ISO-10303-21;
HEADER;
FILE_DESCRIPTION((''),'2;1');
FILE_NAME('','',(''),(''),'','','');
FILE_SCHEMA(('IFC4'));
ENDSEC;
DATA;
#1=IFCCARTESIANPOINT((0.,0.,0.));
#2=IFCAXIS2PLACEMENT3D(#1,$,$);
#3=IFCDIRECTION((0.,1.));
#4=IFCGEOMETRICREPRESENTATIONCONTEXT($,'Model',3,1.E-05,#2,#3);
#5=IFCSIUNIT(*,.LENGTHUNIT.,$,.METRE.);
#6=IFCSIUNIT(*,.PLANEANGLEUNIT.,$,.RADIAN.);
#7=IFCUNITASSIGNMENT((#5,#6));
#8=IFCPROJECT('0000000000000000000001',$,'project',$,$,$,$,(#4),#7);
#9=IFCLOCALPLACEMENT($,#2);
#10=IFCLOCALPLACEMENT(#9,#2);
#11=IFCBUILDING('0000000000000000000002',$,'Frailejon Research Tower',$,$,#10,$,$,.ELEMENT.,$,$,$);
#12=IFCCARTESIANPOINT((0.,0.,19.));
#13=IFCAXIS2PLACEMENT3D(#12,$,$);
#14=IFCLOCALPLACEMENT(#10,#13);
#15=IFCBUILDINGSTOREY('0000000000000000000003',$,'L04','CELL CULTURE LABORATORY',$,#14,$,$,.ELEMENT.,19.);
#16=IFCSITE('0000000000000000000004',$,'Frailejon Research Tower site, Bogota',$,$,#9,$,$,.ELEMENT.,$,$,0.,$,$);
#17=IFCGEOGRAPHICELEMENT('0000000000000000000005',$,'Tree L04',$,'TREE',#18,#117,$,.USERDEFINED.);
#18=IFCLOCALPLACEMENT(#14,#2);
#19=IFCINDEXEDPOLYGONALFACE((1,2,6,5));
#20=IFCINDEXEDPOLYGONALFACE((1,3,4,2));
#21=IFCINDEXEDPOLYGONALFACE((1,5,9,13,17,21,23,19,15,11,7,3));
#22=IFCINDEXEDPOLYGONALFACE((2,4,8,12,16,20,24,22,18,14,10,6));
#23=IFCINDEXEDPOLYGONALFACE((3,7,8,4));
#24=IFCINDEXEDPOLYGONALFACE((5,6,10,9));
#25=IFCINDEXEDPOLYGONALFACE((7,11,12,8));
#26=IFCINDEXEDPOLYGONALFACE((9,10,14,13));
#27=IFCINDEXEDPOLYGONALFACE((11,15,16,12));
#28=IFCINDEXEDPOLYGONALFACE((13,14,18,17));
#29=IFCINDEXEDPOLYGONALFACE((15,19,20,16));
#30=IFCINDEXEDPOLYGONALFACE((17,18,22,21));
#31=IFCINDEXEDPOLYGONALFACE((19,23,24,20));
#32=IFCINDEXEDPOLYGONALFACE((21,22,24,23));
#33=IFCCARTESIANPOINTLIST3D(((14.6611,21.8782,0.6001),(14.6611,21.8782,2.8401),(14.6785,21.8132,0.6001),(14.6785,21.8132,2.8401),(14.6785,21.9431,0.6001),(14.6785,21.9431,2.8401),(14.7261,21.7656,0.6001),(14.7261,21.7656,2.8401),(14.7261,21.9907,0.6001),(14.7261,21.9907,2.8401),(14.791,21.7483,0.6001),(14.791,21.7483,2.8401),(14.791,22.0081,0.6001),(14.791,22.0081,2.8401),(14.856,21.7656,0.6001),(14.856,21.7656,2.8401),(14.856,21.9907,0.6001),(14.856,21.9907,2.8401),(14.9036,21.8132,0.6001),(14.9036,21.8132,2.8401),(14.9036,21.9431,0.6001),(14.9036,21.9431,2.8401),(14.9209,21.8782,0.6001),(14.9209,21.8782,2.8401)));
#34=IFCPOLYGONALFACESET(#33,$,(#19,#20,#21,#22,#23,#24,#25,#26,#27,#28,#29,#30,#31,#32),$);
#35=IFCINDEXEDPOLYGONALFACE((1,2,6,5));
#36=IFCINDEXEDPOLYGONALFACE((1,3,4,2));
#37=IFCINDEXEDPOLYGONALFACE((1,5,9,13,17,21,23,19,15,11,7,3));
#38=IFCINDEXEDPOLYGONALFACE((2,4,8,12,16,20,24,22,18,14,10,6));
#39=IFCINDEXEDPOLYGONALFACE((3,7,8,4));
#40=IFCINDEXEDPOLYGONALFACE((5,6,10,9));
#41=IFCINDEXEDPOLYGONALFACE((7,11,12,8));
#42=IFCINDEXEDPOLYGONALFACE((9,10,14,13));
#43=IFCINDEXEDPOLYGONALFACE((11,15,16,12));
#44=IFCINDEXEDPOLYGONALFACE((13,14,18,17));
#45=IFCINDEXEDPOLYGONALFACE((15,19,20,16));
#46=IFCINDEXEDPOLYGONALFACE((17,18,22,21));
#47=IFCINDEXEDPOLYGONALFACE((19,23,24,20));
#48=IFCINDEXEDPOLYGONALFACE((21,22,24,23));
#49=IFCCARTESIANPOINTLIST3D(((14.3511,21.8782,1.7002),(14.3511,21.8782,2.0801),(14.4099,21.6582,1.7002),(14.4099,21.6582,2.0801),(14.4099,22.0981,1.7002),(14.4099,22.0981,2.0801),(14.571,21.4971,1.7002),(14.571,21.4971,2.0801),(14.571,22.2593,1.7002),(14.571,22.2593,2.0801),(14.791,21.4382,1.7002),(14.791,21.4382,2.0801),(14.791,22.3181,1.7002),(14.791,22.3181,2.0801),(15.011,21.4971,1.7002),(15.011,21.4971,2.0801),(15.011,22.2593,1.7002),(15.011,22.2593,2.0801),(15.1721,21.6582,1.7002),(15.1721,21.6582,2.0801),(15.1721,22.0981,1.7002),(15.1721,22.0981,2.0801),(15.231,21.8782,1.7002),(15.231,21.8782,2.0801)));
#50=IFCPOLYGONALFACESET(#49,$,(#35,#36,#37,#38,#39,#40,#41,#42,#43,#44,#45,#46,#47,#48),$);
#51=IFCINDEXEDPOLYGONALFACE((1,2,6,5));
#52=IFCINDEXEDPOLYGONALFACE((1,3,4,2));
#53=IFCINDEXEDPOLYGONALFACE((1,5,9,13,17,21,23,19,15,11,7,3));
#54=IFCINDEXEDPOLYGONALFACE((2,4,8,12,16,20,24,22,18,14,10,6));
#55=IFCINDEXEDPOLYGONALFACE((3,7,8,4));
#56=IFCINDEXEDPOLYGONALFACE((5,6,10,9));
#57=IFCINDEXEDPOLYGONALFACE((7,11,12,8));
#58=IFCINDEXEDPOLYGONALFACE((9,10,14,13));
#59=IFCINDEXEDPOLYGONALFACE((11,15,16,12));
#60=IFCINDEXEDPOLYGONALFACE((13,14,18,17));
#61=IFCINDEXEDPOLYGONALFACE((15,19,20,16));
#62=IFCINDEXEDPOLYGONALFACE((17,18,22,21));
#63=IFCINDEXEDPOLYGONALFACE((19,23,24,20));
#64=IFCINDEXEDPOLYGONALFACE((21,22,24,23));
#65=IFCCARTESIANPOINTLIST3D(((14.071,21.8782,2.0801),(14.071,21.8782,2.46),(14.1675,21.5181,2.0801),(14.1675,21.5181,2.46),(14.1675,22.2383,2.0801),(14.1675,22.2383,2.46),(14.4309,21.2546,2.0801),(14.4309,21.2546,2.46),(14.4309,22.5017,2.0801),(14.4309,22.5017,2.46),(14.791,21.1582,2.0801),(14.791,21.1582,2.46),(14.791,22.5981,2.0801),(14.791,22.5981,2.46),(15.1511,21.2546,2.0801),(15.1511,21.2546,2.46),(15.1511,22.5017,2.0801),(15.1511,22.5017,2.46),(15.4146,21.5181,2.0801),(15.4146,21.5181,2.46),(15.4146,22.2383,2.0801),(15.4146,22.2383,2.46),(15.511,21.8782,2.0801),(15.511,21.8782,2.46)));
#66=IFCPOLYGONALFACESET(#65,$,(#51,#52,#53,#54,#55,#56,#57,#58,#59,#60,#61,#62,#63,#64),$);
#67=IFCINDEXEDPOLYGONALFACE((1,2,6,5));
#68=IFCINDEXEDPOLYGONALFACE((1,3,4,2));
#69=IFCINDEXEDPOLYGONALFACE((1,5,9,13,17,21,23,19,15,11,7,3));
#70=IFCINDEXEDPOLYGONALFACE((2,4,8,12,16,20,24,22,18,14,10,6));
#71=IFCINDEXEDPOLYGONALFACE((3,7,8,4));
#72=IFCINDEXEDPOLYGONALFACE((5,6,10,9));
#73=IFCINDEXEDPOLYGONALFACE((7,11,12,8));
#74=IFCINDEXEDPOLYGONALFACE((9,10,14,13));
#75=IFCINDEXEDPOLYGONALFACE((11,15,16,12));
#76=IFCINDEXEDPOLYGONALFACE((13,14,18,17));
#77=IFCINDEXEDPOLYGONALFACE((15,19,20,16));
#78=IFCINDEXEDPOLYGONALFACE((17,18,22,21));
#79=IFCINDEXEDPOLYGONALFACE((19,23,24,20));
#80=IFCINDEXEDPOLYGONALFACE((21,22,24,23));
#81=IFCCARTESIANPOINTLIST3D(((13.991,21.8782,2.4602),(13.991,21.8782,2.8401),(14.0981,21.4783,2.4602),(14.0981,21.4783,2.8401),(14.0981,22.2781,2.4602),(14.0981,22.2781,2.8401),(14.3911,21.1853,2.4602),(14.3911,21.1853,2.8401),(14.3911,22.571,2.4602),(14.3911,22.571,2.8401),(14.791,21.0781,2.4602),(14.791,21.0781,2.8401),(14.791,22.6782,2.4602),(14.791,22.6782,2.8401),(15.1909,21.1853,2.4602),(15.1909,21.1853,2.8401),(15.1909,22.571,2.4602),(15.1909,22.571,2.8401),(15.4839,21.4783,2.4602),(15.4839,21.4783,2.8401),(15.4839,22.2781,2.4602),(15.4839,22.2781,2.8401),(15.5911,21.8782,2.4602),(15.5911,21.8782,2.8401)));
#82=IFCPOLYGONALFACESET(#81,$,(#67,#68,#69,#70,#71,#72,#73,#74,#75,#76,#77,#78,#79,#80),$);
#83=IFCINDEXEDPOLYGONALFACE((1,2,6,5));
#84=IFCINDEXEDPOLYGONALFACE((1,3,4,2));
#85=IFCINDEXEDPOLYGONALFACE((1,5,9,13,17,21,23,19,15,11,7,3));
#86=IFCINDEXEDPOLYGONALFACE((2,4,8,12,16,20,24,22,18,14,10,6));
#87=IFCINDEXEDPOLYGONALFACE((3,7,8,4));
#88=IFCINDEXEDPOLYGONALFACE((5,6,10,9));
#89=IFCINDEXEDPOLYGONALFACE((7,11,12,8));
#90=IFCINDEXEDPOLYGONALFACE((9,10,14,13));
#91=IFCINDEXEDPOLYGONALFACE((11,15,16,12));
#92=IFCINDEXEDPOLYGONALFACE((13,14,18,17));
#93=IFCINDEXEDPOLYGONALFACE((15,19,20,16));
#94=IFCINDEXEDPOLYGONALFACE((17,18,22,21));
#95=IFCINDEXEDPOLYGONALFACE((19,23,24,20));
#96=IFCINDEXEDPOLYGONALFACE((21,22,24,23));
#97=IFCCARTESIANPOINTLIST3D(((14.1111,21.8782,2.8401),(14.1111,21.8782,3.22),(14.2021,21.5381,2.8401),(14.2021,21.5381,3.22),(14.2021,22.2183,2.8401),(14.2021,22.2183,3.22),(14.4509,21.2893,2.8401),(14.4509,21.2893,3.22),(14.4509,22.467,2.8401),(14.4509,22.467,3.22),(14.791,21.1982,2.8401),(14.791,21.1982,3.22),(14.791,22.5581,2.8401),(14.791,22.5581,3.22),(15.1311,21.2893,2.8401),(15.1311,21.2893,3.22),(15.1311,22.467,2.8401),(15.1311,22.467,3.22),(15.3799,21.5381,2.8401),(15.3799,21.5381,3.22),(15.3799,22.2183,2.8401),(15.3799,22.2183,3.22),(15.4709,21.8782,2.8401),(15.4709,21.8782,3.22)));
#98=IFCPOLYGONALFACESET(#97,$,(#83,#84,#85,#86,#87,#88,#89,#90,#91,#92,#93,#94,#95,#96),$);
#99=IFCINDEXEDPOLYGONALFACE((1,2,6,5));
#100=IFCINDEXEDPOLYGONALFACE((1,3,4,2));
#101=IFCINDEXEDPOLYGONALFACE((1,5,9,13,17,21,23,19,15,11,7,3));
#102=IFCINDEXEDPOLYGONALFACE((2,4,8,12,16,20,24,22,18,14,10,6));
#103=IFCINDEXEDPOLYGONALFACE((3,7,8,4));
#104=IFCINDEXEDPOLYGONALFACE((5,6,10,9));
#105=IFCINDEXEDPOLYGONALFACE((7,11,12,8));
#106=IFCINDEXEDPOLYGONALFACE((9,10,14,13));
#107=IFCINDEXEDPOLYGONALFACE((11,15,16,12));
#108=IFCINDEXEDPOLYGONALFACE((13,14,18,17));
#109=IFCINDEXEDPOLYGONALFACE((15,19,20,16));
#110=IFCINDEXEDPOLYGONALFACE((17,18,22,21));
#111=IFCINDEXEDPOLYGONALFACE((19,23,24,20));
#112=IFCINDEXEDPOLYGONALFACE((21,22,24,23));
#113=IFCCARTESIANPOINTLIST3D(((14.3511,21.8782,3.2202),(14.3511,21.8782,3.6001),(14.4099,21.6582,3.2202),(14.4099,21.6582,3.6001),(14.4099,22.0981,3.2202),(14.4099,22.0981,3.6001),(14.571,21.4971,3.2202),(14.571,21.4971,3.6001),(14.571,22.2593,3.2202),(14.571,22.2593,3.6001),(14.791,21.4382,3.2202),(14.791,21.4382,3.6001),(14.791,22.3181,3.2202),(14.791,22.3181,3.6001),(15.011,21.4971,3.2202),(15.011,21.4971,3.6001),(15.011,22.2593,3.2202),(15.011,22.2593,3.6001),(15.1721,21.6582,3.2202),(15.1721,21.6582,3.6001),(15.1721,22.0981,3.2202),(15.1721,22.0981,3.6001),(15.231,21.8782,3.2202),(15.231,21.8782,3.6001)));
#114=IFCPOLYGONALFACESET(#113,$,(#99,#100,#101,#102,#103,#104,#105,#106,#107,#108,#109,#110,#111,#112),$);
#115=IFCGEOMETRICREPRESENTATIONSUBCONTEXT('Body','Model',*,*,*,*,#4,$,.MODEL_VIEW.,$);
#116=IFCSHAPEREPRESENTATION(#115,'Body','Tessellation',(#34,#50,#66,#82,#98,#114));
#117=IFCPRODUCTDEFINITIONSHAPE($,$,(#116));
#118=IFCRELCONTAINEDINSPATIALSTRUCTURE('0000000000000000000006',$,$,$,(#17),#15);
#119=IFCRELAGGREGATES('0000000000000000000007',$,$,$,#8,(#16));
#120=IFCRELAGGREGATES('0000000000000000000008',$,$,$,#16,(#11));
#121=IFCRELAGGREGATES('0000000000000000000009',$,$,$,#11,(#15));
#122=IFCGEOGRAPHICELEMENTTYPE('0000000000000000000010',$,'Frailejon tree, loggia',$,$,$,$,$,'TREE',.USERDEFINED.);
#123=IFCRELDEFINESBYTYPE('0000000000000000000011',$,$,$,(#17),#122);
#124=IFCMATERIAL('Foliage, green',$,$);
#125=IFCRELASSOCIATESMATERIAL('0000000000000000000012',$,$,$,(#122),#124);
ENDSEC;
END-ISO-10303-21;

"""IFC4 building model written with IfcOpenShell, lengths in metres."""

from ifc_helpers import new_model, si_unit, direction, frame, origin, place, context, subcontext, project, spatial, polyline, outline, extrude, material, type_object, element, save


model = new_model("IFC4")

# Units and contexts
model_context = context("Model", 3, precision=1e-05, world=origin(), true_north=direction((0.0, 1.0)))
body_context = subcontext(model_context, "Body", "Model", "MODEL_VIEW")
ifc_project = project(units=[si_unit("LENGTHUNIT", "METRE"), si_unit("PLANEANGLEUNIT", "RADIAN")], contexts=[model_context])

# Site, building, storey
site_placement = place(None, origin())
site = spatial("IfcSite", under=ifc_project, at=site_placement, Name="Frailejon Research Tower site, Bogota", CompositionType="ELEMENT", RefElevation=0.0)
building_placement = place(site_placement, origin())
building = spatial("IfcBuilding", under=site, at=building_placement, Name="Frailejon Research Tower", CompositionType="ELEMENT")
storey_placement = place(building_placement, frame((0.0, 0.0, 19.0)))
storey = spatial("IfcBuildingStorey", under=building, at=storey_placement, Name="L04", Description="CELL CULTURE LABORATORY", CompositionType="ELEMENT", Elevation=19.0)

# Geographic element
ifc_material_1 = material(Name="Foliage, green")
geographic_element_type = type_object("IfcGeographicElementType", Name="Frailejon tree, loggia", ElementType="TREE", PredefinedType="USERDEFINED", material=ifc_material_1)
geographic_element_placement = place(storey_placement, frame((14.791, 21.8782, 0.6001)))
element("IfcGeographicElement", 1, at=geographic_element_placement, inside=storey, type_object=geographic_element_type, Name="Tree L04", ObjectType="TREE", PredefinedType="USERDEFINED", context=body_context, shape_type="SweptSolid", body=[
    extrude(outline(polyline([(0.1299, 0.0), (0.1125, 0.0649), (0.0649, 0.1125), (0.0, 0.1299), (-0.0649, 0.1125), (-0.1125, 0.0649), (-0.1299, 0.0), (-0.1125, -0.0649), (-0.0649, -0.1125), (0.0, -0.1299), (0.0649, -0.1125), (0.1125, -0.0649), (0.1299, 0.0)])), origin(), (0.0, 0.0, 1.0), 2.24),
    extrude(outline(polyline([(0.4399, 0.0), (0.3811, 0.22), (0.22, 0.3811), (0.0, 0.4399), (-0.22, 0.3811), (-0.3811, 0.22), (-0.4399, 0.0), (-0.3811, -0.22), (-0.22, -0.3811), (0.0, -0.4399), (0.22, -0.3811), (0.3811, -0.22), (0.4399, 0.0)])), frame((0.0, 0.0, 1.1001)), (0.0, 0.0, 1.0), 0.3799),
    extrude(outline(polyline([(0.72, 0.0), (0.6235, 0.3601), (0.3601, 0.6235), (0.0, 0.72), (-0.3601, 0.6235), (-0.6235, 0.3601), (-0.72, 0.0), (-0.6235, -0.3601), (-0.3601, -0.6235), (0.0, -0.72), (0.3601, -0.6235), (0.6235, -0.3601), (0.72, 0.0)])), frame((0.0, 0.0, 1.48)), (0.0, 0.0, 1.0), 0.3799),
    extrude(outline(polyline([(0.8, 0.0), (0.6929, 0.3999), (0.3999, 0.6929), (0.0, 0.8), (-0.3999, 0.6929), (-0.6929, 0.3999), (-0.8, 0.0), (-0.6929, -0.3999), (-0.3999, -0.6929), (0.0, -0.8), (0.3999, -0.6929), (0.6929, -0.3999), (0.8, 0.0)])), frame((0.0, 0.0, 1.8601)), (0.0, 0.0, 1.0), 0.3799),
    extrude(outline(polyline([(0.6799, 0.0), (0.5889, 0.3401), (0.3401, 0.5889), (0.0, 0.6799), (-0.3401, 0.5889), (-0.5889, 0.3401), (-0.6799, 0.0), (-0.5889, -0.3401), (-0.3401, -0.5889), (0.0, -0.6799), (0.3401, -0.5889), (0.5889, -0.3401), (0.6799, 0.0)])), frame((0.0, 0.0, 2.24)), (0.0, 0.0, 1.0), 0.3799),
    extrude(outline(polyline([(0.4399, 0.0), (0.3811, 0.22), (0.22, 0.3811), (0.0, 0.4399), (-0.22, 0.3811), (-0.3811, 0.22), (-0.4399, 0.0), (-0.3811, -0.22), (-0.22, -0.3811), (0.0, -0.4399), (0.22, -0.3811), (0.3811, -0.22), (0.4399, 0.0)])), frame((0.0, 0.0, 2.6201)), (0.0, 0.0, 1.0), 0.3799),
])

save(model, "model.ifc")
